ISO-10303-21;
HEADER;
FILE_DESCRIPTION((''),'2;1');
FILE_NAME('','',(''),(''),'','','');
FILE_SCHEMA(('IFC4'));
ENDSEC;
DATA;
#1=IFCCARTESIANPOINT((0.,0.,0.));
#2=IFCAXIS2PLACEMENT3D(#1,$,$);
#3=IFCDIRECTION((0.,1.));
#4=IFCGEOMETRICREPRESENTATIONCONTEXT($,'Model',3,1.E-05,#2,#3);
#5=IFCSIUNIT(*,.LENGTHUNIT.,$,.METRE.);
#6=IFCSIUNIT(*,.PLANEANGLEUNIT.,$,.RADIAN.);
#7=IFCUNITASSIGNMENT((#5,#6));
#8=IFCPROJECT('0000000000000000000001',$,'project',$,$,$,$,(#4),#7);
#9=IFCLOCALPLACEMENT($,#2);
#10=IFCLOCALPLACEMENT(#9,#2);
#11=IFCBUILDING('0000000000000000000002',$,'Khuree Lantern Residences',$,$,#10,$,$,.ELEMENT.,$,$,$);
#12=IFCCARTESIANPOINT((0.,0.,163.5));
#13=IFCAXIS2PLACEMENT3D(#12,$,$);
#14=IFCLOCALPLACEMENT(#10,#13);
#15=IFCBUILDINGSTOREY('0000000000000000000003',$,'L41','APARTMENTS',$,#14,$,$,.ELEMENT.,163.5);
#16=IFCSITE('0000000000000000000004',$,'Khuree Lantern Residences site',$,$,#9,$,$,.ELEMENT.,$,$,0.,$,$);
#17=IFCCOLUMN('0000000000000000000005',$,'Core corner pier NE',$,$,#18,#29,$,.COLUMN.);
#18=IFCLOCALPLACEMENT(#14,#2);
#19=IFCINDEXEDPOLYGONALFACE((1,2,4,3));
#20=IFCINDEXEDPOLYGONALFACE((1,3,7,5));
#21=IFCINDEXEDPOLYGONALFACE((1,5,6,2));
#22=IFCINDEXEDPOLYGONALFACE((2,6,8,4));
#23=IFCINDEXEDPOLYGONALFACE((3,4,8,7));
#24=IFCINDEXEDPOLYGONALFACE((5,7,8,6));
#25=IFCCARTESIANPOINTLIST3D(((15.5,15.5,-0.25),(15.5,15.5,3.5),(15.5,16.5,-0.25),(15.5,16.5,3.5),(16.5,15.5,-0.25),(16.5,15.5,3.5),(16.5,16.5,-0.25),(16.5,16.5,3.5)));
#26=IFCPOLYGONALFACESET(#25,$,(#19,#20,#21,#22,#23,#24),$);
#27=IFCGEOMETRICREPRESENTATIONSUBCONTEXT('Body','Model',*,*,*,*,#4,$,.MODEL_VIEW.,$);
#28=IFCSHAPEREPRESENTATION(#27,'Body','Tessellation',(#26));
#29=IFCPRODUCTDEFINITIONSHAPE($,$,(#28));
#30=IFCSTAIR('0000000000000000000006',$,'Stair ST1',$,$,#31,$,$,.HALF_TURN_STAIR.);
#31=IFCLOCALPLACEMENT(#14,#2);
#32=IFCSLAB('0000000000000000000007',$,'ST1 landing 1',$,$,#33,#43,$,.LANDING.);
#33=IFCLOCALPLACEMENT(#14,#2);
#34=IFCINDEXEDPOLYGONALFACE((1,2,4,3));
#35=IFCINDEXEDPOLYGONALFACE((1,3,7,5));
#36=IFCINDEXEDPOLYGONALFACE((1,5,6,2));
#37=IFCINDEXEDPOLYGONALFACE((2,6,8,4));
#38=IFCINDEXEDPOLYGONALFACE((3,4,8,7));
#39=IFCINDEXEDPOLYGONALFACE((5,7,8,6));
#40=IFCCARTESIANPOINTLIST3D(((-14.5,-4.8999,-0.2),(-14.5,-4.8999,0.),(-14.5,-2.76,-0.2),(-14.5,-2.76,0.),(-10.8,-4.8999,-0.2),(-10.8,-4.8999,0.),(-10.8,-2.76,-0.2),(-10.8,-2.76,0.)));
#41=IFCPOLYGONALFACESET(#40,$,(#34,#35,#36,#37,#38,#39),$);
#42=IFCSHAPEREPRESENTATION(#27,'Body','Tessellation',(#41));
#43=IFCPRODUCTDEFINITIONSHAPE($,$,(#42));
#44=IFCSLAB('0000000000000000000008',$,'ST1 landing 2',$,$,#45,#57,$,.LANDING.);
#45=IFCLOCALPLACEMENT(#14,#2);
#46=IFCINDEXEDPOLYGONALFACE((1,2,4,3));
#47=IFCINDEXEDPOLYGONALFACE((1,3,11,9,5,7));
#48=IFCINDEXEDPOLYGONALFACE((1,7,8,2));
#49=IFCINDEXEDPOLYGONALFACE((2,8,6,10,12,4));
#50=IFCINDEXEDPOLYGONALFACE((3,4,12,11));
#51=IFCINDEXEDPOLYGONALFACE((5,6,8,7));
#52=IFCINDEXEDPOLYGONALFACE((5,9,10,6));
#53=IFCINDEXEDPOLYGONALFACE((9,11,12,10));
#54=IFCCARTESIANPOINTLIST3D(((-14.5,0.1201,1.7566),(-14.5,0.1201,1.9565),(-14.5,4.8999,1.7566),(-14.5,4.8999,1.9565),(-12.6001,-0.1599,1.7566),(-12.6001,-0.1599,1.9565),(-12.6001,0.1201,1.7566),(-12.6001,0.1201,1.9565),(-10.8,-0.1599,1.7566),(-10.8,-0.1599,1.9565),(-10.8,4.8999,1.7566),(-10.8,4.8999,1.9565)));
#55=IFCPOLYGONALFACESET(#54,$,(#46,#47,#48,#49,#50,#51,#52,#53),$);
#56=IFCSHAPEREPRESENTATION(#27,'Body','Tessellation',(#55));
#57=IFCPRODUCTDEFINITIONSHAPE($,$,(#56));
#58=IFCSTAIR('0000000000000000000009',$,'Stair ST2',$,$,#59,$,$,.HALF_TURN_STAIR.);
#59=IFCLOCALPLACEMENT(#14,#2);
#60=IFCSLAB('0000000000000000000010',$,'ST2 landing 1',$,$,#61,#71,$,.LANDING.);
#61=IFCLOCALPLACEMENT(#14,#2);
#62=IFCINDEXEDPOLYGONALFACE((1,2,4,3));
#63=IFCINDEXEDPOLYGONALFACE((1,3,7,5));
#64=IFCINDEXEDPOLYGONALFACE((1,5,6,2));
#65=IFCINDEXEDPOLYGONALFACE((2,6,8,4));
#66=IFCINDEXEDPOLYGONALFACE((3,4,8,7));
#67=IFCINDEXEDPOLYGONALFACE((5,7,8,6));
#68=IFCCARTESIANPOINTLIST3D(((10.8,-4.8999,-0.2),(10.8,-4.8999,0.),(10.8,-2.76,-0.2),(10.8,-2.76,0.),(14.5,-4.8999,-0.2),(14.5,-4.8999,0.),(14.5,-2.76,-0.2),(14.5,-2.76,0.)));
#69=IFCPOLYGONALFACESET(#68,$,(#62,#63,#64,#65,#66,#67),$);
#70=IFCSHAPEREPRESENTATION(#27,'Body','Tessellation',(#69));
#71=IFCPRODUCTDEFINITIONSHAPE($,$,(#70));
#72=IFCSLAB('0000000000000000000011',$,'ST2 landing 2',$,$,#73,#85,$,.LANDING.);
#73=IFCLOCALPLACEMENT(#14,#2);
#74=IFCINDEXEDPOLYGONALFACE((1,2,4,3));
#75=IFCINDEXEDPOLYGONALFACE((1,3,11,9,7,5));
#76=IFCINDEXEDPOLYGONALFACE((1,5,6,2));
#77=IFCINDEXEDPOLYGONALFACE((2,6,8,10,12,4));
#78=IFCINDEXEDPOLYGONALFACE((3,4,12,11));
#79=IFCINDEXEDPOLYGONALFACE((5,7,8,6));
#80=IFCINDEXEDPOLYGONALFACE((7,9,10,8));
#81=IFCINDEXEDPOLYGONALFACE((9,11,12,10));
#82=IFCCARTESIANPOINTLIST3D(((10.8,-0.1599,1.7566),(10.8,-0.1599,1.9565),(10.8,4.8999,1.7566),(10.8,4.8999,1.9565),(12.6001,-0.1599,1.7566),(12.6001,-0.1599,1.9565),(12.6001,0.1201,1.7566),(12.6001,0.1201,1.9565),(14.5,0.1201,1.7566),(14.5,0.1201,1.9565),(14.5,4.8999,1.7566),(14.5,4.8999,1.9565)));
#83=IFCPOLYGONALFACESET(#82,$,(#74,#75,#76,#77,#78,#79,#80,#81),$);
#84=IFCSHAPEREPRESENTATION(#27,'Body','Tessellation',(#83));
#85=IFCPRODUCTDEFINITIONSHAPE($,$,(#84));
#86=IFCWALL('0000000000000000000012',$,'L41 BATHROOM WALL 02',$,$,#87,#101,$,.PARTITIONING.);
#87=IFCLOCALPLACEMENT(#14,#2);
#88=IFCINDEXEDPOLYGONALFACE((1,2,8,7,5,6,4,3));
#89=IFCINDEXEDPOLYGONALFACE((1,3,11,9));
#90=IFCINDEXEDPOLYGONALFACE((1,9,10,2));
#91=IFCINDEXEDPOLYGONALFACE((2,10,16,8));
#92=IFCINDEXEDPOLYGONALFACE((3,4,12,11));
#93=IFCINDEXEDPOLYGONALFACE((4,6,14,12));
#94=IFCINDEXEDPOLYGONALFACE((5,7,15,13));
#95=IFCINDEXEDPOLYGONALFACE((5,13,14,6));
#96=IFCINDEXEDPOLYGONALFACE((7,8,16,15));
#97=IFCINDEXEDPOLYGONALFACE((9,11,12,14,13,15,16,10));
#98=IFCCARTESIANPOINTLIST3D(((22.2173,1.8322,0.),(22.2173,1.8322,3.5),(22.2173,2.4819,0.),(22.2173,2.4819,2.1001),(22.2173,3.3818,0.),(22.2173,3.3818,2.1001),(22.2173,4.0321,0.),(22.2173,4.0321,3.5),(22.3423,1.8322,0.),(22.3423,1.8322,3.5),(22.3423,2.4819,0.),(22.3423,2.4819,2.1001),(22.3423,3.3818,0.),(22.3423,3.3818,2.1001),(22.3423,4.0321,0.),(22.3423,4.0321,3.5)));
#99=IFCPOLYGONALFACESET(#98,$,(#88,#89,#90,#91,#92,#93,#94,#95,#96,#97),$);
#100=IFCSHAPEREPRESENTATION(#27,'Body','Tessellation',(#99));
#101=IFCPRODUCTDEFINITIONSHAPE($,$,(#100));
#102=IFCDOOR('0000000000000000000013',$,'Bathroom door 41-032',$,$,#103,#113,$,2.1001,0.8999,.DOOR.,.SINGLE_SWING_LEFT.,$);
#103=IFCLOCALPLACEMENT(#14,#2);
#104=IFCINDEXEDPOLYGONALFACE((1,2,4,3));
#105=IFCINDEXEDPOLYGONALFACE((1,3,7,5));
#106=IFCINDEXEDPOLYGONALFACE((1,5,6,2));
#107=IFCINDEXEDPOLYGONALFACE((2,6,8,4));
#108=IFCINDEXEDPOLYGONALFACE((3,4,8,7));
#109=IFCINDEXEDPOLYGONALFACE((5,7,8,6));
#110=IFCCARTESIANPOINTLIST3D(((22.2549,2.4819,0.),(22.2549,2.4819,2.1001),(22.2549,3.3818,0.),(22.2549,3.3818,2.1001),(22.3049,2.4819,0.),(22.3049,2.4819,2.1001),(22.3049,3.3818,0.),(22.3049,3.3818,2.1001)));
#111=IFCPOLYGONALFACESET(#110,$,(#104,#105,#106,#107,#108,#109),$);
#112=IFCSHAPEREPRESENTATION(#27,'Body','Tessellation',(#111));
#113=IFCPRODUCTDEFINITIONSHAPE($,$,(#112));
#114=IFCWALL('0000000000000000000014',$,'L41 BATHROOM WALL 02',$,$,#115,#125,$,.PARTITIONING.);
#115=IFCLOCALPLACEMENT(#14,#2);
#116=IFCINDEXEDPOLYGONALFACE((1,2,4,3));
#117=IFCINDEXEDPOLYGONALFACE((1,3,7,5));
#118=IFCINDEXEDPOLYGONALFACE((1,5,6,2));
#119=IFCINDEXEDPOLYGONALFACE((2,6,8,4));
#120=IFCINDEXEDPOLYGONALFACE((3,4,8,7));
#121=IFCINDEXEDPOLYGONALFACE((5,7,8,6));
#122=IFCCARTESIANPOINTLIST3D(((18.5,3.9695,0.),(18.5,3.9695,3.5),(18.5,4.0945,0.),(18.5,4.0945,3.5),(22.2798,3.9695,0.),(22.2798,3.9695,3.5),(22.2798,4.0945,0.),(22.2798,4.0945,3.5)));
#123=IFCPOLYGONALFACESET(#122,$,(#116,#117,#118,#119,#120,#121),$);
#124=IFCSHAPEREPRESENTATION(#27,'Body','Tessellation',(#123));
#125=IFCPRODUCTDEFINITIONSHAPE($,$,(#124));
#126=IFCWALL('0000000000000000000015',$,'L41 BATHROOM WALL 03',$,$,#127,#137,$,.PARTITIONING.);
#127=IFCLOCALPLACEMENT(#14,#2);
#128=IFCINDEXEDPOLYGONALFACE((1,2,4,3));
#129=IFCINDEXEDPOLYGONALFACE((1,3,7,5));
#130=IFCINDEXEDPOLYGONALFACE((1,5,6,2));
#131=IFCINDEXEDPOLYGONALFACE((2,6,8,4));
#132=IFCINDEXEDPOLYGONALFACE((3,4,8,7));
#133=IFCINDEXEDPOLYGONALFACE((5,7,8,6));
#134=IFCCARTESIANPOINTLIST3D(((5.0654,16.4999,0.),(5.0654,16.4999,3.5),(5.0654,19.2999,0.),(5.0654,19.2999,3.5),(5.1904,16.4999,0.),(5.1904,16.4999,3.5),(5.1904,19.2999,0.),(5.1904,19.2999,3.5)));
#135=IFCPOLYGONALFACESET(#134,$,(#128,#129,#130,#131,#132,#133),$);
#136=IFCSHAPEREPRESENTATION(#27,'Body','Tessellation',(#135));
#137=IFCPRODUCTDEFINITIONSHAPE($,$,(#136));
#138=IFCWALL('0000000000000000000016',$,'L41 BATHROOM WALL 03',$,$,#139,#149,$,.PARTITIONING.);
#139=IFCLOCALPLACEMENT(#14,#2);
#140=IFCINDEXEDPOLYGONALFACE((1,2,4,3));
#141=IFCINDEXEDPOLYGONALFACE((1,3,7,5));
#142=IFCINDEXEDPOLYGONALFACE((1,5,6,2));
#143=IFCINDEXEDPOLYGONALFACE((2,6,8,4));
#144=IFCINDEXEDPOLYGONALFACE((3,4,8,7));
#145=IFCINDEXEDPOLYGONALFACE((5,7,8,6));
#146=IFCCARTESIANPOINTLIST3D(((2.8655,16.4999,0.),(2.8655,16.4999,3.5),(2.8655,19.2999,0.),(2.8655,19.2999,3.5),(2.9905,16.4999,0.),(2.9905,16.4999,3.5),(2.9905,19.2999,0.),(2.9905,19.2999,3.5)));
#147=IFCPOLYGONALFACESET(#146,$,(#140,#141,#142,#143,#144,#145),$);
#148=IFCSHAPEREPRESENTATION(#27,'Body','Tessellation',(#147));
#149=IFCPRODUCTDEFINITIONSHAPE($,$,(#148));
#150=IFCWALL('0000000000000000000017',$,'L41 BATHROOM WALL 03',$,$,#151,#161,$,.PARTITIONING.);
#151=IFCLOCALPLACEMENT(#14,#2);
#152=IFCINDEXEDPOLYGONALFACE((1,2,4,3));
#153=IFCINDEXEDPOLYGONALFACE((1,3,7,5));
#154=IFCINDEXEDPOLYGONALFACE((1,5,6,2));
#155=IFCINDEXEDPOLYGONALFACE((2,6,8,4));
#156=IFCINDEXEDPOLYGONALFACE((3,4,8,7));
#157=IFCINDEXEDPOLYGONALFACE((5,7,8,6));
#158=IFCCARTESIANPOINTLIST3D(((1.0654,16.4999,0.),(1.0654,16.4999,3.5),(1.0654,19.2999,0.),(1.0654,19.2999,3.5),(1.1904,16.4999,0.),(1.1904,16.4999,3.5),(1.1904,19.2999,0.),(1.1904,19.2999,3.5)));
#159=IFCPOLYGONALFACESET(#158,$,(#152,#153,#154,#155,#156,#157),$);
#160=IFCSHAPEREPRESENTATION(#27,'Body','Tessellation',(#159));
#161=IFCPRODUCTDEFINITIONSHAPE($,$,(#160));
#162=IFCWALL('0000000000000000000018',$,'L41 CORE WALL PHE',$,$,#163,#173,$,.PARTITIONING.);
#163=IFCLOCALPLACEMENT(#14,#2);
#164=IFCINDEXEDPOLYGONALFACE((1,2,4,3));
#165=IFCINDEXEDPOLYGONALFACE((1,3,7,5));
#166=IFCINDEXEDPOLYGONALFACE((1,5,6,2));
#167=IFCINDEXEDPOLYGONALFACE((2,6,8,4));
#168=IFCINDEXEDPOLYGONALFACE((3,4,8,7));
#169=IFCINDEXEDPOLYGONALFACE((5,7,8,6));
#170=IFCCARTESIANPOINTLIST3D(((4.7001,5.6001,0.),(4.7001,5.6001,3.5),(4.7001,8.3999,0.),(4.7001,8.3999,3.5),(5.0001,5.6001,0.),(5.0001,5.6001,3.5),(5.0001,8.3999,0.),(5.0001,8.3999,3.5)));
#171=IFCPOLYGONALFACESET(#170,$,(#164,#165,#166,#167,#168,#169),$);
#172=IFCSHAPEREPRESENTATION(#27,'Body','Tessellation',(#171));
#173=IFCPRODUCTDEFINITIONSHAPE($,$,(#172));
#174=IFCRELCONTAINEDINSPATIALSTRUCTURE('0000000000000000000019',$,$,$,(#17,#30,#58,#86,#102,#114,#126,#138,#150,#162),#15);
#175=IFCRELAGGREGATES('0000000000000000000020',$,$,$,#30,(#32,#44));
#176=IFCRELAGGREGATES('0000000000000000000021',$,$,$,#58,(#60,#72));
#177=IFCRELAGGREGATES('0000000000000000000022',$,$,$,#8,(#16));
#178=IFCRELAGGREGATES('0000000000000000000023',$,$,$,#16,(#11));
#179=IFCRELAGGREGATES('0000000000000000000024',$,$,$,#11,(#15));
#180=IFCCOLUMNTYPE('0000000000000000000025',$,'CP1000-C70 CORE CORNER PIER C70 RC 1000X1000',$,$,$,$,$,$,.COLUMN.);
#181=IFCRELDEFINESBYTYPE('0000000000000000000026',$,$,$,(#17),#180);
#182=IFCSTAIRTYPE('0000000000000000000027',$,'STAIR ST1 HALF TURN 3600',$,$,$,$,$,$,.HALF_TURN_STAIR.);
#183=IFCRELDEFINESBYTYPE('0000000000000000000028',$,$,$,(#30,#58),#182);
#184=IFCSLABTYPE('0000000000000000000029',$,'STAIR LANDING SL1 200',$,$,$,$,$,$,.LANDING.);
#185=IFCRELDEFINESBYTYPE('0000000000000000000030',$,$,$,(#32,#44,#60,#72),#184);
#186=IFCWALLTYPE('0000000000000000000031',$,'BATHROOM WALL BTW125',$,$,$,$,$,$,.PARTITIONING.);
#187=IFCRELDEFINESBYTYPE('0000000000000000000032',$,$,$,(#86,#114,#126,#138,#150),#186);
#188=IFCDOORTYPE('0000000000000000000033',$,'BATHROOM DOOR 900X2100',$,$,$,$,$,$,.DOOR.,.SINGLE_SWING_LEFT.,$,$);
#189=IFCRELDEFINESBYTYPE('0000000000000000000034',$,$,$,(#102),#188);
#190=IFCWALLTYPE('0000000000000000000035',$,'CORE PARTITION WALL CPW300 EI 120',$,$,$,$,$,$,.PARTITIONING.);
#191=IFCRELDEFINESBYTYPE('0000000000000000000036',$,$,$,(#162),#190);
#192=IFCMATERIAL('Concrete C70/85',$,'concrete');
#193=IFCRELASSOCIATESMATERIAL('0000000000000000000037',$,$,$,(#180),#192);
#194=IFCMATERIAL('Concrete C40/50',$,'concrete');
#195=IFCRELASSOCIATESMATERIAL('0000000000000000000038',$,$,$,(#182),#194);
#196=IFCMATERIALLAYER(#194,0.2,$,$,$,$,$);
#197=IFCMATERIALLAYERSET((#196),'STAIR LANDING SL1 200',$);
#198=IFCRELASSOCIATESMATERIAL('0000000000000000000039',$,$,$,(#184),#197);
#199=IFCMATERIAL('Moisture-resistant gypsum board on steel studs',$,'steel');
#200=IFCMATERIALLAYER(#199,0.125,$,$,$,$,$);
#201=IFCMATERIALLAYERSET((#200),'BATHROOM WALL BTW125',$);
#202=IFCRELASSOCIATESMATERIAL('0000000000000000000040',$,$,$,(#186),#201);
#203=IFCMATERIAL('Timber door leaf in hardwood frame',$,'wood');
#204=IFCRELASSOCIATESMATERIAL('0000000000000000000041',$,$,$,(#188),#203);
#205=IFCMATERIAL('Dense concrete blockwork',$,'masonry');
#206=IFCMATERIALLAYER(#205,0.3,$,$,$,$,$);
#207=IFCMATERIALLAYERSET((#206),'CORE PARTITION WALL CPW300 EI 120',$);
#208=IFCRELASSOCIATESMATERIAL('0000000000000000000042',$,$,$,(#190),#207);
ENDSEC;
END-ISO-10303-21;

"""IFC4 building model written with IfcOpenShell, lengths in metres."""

from ifc_helpers import new_model, si_unit, direction, frame, frame_2d, origin, origin_2d, place, context, subcontext, project, spatial, polyline, rectangle, outline, extrude, material, layer, layer_set, material_profile, profile_set, type_object, element, fill, aggregate, save


model = new_model("IFC4")

# Units and contexts
model_context = context("Model", 3, precision=1e-05, world=origin(), true_north=direction((0.0, 1.0)))
body_context = subcontext(model_context, "Body", "Model", "MODEL_VIEW")
ifc_project = project(units=[si_unit("LENGTHUNIT", "METRE"), si_unit("PLANEANGLEUNIT", "RADIAN")], contexts=[model_context])

# Site, building, storey
site_placement = place(None, origin())
site = spatial("IfcSite", under=ifc_project, at=site_placement, Name="Khuree Lantern Residences site", CompositionType="ELEMENT", RefElevation=0.0)
building_placement = place(site_placement, origin())
building = spatial("IfcBuilding", under=site, at=building_placement, Name="Khuree Lantern Residences", CompositionType="ELEMENT")
storey_placement = place(building_placement, frame((0.0, 0.0, 163.5)))
storey = spatial("IfcBuildingStorey", under=building, at=storey_placement, Name="L41", Description="APARTMENTS", CompositionType="ELEMENT", Elevation=163.5)

# Column
ifc_material_1 = material(Name="Concrete C70/85", Category="concrete")
ifc_material_profile = material_profile(ifc_material_1, rectangle(XDim=1.0, YDim=1.0, at=origin_2d()), Name="RC 1000X1000")
ifc_profile_set = profile_set([ifc_material_profile], Name="Concrete C70/85")
column_type = type_object("IfcColumnType", Name="CP1000-C70 CORE CORNER PIER C70 RC 1000X1000", PredefinedType="COLUMN", material=ifc_profile_set)
column_placement = place(storey_placement, frame((16.0, 16.0, -0.25), z_axis=(0.0, 0.0, 1.0), x_axis=(1.0, 0.0, 0.0)))
element("IfcColumn", 1, at=column_placement, inside=storey, type_object=column_type, Name="Core corner pier NE", PredefinedType="COLUMN", context=body_context, shape_type="SweptSolid", body=[
    extrude(rectangle(XDim=1.0, YDim=1.0, at=origin_2d()), origin(), (0.0, 0.0, 1.0), 3.75),
])

# Stairs, slabs
ifc_material_2 = material(Name="Concrete C40/50", Category="concrete")
stair_type = type_object("IfcStairType", Name="STAIR ST1 HALF TURN 3600", PredefinedType="HALF_TURN_STAIR", material=ifc_material_2)
stair_1_placement = place(storey_placement, origin())
stair_1 = element("IfcStair", 2, at=stair_1_placement, inside=storey, type_object=stair_type, Name="Stair ST1", PredefinedType="HALF_TURN_STAIR")
ifc_layer_1 = layer(ifc_material_2, 0.2)
ifc_layer_set_1 = layer_set([ifc_layer_1], Name="STAIR LANDING SL1 200")
slab_type = type_object("IfcSlabType", Name="STAIR LANDING SL1 200", PredefinedType="LANDING", material=ifc_layer_set_1)
slab_1_placement = place(storey_placement, frame((0.0, 0.0, -0.2)))
slab_1 = element("IfcSlab", 3, at=slab_1_placement, type_object=slab_type, Name="ST1 landing 1", PredefinedType="LANDING", context=body_context, shape_type="SweptSolid", body=[
    extrude(outline(polyline([(-14.5, -4.8999), (-10.8, -4.8999), (-10.8, -2.76), (-14.5, -2.76), (-14.5, -4.8999)])), origin(), (0.0, 0.0, 1.0), 0.2),
])
slab_2_placement = place(storey_placement, frame((0.0, 0.0, 1.7566)))
slab_2 = element("IfcSlab", 4, at=slab_2_placement, type_object=slab_type, Name="ST1 landing 2", PredefinedType="LANDING", context=body_context, shape_type="SweptSolid", body=[
    extrude(outline(polyline([(-14.5, 0.1201), (-14.5, 4.8999), (-10.8, 4.8999), (-10.8, -0.1599), (-12.6001, -0.1599), (-12.6001, 0.1201), (-14.5, 0.1201)])), origin(), (0.0, 0.0, 1.0), 0.2),
])
aggregate(stair_1, [slab_1, slab_2])
stair_2_placement = place(storey_placement, origin())
stair_2 = element("IfcStair", 5, at=stair_2_placement, inside=storey, type_object=stair_type, Name="Stair ST2", PredefinedType="HALF_TURN_STAIR")
slab_3_placement = place(storey_placement, frame((0.0, 0.0, -0.2)))
slab_3 = element("IfcSlab", 6, at=slab_3_placement, type_object=slab_type, Name="ST2 landing 1", PredefinedType="LANDING", context=body_context, shape_type="SweptSolid", body=[
    extrude(outline(polyline([(10.8, -4.8999), (14.5, -4.8999), (14.5, -2.76), (10.8, -2.76), (10.8, -4.8999)])), origin(), (0.0, 0.0, 1.0), 0.2),
])
slab_4_placement = place(storey_placement, frame((0.0, 0.0, 1.7566)))
slab_4 = element("IfcSlab", 7, at=slab_4_placement, type_object=slab_type, Name="ST2 landing 2", PredefinedType="LANDING", context=body_context, shape_type="SweptSolid", body=[
    extrude(outline(polyline([(14.5, 4.8999), (14.5, 0.1201), (12.6001, 0.1201), (12.6001, -0.1599), (10.8, -0.1599), (10.8, 4.8999), (14.5, 4.8999)])), origin(), (0.0, 0.0, 1.0), 0.2),
])

# Wall, opening, door
ifc_material_3 = material(Name="Moisture-resistant gypsum board on steel studs", Category="steel")
ifc_layer_2 = layer(ifc_material_3, 0.125)
ifc_layer_set_2 = layer_set([ifc_layer_2], Name="BATHROOM WALL BTW125")
wall_type_1 = type_object("IfcWallType", Name="BATHROOM WALL BTW125", PredefinedType="PARTITIONING", material=ifc_layer_set_2)
wall_1_placement = place(storey_placement, frame((22.2798, 1.832, 0.0), z_axis=(0.0, 0.0, 1.0), x_axis=(0.0, 1.0, 0.0)))
wall_1 = element("IfcWall", 8, at=wall_1_placement, inside=storey, type_object=wall_type_1, Name="L41 BATHROOM WALL 02", PredefinedType="PARTITIONING", context=body_context, shape_type="SweptSolid", body=[
    extrude(rectangle(XDim=2.2, YDim=0.125, at=frame_2d((1.1001, 0.0))), origin(), (0.0, 0.0, 1.0), 3.5),
])
opening_1_placement = place(wall_1_placement, frame((0.6499, 0.0, 0.0)))
opening_1 = element("IfcOpeningElement", 9, at=opening_1_placement, cuts=wall_1, PredefinedType="OPENING", context=body_context, shape_type="SweptSolid", body=[
    extrude(rectangle(XDim=0.8999, YDim=2.1001, at=frame_2d((0.45, 1.05))), frame((0.0, 0.0725, 0.0), z_axis=(0.0, -1.0, 0.0), x_axis=(1.0, 0.0, 0.0)), (0.0, 0.0, 1.0), 0.145),
])
ifc_material_4 = material(Name="Timber door leaf in hardwood frame", Category="wood")
door_type_1 = type_object("IfcDoorType", Name="BATHROOM DOOR 900X2100", OperationType="SINGLE_SWING_LEFT", PredefinedType="DOOR", material=ifc_material_4)
door_1_placement = place(opening_1_placement, origin())
door_1 = element("IfcDoor", 10, at=door_1_placement, inside=storey, type_object=door_type_1, Name="Bathroom door 41-032", OperationType="SINGLE_SWING_LEFT", OverallHeight=2.1001, OverallWidth=0.8999, PredefinedType="DOOR", context=body_context, shape_type="SweptSolid", body=[
    extrude(rectangle(XDim=0.8999, YDim=2.1001, at=frame_2d((0.45, 1.05))), frame((0.0, 0.0249, 0.0), z_axis=(0.0, -1.0, 0.0), x_axis=(1.0, 0.0, 0.0)), (0.0, 0.0, 1.0), 0.05),
])
fill(opening_1, door_1)

# Walls
wall_2_placement = place(storey_placement, frame((18.5, 4.032, 0.0), z_axis=(0.0, 0.0, 1.0), x_axis=(1.0, 0.0, 0.0)))
element("IfcWall", 11, at=wall_2_placement, inside=storey, type_object=wall_type_1, Name="L41 BATHROOM WALL 02", PredefinedType="PARTITIONING", context=body_context, shape_type="SweptSolid", body=[
    extrude(rectangle(XDim=3.7798, YDim=0.125, at=frame_2d((1.8899, 0.0))), origin(), (0.0, 0.0, 1.0), 3.5),
])
for number, where, z_axis, x_axis, name in (
    (12, (5.1279, 16.5, 0.0), (0.0, 0.0, 1.0), (0.0, 1.0, 0.0), "L41 BATHROOM WALL 03"),
    (13, (2.928, 16.5, 0.0), (0.0, 0.0, 1.0), (0.0, 1.0, 0.0), "L41 BATHROOM WALL 03"),
    (14, (1.1279, 16.5, 0.0), (0.0, 0.0, 1.0), (0.0, 1.0, 0.0), "L41 BATHROOM WALL 03"),
):
    element("IfcWall", number, at=place(storey_placement, frame(where, z_axis=z_axis, x_axis=x_axis)), inside=storey, type_object=wall_type_1, Name=name, PredefinedType="PARTITIONING", context=body_context, shape_type="SweptSolid", body=[
        extrude(rectangle(XDim=2.8, YDim=0.125, at=frame_2d((1.3999, 0.0))), origin(), (0.0, 0.0, 1.0), 3.5),
    ])
ifc_material_5 = material(Name="Dense concrete blockwork", Category="masonry")
ifc_layer_3 = layer(ifc_material_5, 0.3)
ifc_layer_set_3 = layer_set([ifc_layer_3], Name="CORE PARTITION WALL CPW300 EI 120")
wall_type_2 = type_object("IfcWallType", Name="CORE PARTITION WALL CPW300 EI 120", PredefinedType="PARTITIONING", material=ifc_layer_set_3)
wall_3_placement = place(storey_placement, frame((4.8501, 5.6001, 0.0), z_axis=(0.0, 0.0, 1.0), x_axis=(0.0, 1.0, 0.0)))
element("IfcWall", 15, at=wall_3_placement, inside=storey, type_object=wall_type_2, Name="L41 CORE WALL PHE", PredefinedType="PARTITIONING", context=body_context, shape_type="SweptSolid", body=[
    extrude(rectangle(XDim=2.7998, YDim=0.3, at=frame_2d((1.3999, 0.0))), origin(), (0.0, 0.0, 1.0), 3.5),
])

aggregate(stair_2, [slab_3, slab_4])

save(model, "model.ifc")
